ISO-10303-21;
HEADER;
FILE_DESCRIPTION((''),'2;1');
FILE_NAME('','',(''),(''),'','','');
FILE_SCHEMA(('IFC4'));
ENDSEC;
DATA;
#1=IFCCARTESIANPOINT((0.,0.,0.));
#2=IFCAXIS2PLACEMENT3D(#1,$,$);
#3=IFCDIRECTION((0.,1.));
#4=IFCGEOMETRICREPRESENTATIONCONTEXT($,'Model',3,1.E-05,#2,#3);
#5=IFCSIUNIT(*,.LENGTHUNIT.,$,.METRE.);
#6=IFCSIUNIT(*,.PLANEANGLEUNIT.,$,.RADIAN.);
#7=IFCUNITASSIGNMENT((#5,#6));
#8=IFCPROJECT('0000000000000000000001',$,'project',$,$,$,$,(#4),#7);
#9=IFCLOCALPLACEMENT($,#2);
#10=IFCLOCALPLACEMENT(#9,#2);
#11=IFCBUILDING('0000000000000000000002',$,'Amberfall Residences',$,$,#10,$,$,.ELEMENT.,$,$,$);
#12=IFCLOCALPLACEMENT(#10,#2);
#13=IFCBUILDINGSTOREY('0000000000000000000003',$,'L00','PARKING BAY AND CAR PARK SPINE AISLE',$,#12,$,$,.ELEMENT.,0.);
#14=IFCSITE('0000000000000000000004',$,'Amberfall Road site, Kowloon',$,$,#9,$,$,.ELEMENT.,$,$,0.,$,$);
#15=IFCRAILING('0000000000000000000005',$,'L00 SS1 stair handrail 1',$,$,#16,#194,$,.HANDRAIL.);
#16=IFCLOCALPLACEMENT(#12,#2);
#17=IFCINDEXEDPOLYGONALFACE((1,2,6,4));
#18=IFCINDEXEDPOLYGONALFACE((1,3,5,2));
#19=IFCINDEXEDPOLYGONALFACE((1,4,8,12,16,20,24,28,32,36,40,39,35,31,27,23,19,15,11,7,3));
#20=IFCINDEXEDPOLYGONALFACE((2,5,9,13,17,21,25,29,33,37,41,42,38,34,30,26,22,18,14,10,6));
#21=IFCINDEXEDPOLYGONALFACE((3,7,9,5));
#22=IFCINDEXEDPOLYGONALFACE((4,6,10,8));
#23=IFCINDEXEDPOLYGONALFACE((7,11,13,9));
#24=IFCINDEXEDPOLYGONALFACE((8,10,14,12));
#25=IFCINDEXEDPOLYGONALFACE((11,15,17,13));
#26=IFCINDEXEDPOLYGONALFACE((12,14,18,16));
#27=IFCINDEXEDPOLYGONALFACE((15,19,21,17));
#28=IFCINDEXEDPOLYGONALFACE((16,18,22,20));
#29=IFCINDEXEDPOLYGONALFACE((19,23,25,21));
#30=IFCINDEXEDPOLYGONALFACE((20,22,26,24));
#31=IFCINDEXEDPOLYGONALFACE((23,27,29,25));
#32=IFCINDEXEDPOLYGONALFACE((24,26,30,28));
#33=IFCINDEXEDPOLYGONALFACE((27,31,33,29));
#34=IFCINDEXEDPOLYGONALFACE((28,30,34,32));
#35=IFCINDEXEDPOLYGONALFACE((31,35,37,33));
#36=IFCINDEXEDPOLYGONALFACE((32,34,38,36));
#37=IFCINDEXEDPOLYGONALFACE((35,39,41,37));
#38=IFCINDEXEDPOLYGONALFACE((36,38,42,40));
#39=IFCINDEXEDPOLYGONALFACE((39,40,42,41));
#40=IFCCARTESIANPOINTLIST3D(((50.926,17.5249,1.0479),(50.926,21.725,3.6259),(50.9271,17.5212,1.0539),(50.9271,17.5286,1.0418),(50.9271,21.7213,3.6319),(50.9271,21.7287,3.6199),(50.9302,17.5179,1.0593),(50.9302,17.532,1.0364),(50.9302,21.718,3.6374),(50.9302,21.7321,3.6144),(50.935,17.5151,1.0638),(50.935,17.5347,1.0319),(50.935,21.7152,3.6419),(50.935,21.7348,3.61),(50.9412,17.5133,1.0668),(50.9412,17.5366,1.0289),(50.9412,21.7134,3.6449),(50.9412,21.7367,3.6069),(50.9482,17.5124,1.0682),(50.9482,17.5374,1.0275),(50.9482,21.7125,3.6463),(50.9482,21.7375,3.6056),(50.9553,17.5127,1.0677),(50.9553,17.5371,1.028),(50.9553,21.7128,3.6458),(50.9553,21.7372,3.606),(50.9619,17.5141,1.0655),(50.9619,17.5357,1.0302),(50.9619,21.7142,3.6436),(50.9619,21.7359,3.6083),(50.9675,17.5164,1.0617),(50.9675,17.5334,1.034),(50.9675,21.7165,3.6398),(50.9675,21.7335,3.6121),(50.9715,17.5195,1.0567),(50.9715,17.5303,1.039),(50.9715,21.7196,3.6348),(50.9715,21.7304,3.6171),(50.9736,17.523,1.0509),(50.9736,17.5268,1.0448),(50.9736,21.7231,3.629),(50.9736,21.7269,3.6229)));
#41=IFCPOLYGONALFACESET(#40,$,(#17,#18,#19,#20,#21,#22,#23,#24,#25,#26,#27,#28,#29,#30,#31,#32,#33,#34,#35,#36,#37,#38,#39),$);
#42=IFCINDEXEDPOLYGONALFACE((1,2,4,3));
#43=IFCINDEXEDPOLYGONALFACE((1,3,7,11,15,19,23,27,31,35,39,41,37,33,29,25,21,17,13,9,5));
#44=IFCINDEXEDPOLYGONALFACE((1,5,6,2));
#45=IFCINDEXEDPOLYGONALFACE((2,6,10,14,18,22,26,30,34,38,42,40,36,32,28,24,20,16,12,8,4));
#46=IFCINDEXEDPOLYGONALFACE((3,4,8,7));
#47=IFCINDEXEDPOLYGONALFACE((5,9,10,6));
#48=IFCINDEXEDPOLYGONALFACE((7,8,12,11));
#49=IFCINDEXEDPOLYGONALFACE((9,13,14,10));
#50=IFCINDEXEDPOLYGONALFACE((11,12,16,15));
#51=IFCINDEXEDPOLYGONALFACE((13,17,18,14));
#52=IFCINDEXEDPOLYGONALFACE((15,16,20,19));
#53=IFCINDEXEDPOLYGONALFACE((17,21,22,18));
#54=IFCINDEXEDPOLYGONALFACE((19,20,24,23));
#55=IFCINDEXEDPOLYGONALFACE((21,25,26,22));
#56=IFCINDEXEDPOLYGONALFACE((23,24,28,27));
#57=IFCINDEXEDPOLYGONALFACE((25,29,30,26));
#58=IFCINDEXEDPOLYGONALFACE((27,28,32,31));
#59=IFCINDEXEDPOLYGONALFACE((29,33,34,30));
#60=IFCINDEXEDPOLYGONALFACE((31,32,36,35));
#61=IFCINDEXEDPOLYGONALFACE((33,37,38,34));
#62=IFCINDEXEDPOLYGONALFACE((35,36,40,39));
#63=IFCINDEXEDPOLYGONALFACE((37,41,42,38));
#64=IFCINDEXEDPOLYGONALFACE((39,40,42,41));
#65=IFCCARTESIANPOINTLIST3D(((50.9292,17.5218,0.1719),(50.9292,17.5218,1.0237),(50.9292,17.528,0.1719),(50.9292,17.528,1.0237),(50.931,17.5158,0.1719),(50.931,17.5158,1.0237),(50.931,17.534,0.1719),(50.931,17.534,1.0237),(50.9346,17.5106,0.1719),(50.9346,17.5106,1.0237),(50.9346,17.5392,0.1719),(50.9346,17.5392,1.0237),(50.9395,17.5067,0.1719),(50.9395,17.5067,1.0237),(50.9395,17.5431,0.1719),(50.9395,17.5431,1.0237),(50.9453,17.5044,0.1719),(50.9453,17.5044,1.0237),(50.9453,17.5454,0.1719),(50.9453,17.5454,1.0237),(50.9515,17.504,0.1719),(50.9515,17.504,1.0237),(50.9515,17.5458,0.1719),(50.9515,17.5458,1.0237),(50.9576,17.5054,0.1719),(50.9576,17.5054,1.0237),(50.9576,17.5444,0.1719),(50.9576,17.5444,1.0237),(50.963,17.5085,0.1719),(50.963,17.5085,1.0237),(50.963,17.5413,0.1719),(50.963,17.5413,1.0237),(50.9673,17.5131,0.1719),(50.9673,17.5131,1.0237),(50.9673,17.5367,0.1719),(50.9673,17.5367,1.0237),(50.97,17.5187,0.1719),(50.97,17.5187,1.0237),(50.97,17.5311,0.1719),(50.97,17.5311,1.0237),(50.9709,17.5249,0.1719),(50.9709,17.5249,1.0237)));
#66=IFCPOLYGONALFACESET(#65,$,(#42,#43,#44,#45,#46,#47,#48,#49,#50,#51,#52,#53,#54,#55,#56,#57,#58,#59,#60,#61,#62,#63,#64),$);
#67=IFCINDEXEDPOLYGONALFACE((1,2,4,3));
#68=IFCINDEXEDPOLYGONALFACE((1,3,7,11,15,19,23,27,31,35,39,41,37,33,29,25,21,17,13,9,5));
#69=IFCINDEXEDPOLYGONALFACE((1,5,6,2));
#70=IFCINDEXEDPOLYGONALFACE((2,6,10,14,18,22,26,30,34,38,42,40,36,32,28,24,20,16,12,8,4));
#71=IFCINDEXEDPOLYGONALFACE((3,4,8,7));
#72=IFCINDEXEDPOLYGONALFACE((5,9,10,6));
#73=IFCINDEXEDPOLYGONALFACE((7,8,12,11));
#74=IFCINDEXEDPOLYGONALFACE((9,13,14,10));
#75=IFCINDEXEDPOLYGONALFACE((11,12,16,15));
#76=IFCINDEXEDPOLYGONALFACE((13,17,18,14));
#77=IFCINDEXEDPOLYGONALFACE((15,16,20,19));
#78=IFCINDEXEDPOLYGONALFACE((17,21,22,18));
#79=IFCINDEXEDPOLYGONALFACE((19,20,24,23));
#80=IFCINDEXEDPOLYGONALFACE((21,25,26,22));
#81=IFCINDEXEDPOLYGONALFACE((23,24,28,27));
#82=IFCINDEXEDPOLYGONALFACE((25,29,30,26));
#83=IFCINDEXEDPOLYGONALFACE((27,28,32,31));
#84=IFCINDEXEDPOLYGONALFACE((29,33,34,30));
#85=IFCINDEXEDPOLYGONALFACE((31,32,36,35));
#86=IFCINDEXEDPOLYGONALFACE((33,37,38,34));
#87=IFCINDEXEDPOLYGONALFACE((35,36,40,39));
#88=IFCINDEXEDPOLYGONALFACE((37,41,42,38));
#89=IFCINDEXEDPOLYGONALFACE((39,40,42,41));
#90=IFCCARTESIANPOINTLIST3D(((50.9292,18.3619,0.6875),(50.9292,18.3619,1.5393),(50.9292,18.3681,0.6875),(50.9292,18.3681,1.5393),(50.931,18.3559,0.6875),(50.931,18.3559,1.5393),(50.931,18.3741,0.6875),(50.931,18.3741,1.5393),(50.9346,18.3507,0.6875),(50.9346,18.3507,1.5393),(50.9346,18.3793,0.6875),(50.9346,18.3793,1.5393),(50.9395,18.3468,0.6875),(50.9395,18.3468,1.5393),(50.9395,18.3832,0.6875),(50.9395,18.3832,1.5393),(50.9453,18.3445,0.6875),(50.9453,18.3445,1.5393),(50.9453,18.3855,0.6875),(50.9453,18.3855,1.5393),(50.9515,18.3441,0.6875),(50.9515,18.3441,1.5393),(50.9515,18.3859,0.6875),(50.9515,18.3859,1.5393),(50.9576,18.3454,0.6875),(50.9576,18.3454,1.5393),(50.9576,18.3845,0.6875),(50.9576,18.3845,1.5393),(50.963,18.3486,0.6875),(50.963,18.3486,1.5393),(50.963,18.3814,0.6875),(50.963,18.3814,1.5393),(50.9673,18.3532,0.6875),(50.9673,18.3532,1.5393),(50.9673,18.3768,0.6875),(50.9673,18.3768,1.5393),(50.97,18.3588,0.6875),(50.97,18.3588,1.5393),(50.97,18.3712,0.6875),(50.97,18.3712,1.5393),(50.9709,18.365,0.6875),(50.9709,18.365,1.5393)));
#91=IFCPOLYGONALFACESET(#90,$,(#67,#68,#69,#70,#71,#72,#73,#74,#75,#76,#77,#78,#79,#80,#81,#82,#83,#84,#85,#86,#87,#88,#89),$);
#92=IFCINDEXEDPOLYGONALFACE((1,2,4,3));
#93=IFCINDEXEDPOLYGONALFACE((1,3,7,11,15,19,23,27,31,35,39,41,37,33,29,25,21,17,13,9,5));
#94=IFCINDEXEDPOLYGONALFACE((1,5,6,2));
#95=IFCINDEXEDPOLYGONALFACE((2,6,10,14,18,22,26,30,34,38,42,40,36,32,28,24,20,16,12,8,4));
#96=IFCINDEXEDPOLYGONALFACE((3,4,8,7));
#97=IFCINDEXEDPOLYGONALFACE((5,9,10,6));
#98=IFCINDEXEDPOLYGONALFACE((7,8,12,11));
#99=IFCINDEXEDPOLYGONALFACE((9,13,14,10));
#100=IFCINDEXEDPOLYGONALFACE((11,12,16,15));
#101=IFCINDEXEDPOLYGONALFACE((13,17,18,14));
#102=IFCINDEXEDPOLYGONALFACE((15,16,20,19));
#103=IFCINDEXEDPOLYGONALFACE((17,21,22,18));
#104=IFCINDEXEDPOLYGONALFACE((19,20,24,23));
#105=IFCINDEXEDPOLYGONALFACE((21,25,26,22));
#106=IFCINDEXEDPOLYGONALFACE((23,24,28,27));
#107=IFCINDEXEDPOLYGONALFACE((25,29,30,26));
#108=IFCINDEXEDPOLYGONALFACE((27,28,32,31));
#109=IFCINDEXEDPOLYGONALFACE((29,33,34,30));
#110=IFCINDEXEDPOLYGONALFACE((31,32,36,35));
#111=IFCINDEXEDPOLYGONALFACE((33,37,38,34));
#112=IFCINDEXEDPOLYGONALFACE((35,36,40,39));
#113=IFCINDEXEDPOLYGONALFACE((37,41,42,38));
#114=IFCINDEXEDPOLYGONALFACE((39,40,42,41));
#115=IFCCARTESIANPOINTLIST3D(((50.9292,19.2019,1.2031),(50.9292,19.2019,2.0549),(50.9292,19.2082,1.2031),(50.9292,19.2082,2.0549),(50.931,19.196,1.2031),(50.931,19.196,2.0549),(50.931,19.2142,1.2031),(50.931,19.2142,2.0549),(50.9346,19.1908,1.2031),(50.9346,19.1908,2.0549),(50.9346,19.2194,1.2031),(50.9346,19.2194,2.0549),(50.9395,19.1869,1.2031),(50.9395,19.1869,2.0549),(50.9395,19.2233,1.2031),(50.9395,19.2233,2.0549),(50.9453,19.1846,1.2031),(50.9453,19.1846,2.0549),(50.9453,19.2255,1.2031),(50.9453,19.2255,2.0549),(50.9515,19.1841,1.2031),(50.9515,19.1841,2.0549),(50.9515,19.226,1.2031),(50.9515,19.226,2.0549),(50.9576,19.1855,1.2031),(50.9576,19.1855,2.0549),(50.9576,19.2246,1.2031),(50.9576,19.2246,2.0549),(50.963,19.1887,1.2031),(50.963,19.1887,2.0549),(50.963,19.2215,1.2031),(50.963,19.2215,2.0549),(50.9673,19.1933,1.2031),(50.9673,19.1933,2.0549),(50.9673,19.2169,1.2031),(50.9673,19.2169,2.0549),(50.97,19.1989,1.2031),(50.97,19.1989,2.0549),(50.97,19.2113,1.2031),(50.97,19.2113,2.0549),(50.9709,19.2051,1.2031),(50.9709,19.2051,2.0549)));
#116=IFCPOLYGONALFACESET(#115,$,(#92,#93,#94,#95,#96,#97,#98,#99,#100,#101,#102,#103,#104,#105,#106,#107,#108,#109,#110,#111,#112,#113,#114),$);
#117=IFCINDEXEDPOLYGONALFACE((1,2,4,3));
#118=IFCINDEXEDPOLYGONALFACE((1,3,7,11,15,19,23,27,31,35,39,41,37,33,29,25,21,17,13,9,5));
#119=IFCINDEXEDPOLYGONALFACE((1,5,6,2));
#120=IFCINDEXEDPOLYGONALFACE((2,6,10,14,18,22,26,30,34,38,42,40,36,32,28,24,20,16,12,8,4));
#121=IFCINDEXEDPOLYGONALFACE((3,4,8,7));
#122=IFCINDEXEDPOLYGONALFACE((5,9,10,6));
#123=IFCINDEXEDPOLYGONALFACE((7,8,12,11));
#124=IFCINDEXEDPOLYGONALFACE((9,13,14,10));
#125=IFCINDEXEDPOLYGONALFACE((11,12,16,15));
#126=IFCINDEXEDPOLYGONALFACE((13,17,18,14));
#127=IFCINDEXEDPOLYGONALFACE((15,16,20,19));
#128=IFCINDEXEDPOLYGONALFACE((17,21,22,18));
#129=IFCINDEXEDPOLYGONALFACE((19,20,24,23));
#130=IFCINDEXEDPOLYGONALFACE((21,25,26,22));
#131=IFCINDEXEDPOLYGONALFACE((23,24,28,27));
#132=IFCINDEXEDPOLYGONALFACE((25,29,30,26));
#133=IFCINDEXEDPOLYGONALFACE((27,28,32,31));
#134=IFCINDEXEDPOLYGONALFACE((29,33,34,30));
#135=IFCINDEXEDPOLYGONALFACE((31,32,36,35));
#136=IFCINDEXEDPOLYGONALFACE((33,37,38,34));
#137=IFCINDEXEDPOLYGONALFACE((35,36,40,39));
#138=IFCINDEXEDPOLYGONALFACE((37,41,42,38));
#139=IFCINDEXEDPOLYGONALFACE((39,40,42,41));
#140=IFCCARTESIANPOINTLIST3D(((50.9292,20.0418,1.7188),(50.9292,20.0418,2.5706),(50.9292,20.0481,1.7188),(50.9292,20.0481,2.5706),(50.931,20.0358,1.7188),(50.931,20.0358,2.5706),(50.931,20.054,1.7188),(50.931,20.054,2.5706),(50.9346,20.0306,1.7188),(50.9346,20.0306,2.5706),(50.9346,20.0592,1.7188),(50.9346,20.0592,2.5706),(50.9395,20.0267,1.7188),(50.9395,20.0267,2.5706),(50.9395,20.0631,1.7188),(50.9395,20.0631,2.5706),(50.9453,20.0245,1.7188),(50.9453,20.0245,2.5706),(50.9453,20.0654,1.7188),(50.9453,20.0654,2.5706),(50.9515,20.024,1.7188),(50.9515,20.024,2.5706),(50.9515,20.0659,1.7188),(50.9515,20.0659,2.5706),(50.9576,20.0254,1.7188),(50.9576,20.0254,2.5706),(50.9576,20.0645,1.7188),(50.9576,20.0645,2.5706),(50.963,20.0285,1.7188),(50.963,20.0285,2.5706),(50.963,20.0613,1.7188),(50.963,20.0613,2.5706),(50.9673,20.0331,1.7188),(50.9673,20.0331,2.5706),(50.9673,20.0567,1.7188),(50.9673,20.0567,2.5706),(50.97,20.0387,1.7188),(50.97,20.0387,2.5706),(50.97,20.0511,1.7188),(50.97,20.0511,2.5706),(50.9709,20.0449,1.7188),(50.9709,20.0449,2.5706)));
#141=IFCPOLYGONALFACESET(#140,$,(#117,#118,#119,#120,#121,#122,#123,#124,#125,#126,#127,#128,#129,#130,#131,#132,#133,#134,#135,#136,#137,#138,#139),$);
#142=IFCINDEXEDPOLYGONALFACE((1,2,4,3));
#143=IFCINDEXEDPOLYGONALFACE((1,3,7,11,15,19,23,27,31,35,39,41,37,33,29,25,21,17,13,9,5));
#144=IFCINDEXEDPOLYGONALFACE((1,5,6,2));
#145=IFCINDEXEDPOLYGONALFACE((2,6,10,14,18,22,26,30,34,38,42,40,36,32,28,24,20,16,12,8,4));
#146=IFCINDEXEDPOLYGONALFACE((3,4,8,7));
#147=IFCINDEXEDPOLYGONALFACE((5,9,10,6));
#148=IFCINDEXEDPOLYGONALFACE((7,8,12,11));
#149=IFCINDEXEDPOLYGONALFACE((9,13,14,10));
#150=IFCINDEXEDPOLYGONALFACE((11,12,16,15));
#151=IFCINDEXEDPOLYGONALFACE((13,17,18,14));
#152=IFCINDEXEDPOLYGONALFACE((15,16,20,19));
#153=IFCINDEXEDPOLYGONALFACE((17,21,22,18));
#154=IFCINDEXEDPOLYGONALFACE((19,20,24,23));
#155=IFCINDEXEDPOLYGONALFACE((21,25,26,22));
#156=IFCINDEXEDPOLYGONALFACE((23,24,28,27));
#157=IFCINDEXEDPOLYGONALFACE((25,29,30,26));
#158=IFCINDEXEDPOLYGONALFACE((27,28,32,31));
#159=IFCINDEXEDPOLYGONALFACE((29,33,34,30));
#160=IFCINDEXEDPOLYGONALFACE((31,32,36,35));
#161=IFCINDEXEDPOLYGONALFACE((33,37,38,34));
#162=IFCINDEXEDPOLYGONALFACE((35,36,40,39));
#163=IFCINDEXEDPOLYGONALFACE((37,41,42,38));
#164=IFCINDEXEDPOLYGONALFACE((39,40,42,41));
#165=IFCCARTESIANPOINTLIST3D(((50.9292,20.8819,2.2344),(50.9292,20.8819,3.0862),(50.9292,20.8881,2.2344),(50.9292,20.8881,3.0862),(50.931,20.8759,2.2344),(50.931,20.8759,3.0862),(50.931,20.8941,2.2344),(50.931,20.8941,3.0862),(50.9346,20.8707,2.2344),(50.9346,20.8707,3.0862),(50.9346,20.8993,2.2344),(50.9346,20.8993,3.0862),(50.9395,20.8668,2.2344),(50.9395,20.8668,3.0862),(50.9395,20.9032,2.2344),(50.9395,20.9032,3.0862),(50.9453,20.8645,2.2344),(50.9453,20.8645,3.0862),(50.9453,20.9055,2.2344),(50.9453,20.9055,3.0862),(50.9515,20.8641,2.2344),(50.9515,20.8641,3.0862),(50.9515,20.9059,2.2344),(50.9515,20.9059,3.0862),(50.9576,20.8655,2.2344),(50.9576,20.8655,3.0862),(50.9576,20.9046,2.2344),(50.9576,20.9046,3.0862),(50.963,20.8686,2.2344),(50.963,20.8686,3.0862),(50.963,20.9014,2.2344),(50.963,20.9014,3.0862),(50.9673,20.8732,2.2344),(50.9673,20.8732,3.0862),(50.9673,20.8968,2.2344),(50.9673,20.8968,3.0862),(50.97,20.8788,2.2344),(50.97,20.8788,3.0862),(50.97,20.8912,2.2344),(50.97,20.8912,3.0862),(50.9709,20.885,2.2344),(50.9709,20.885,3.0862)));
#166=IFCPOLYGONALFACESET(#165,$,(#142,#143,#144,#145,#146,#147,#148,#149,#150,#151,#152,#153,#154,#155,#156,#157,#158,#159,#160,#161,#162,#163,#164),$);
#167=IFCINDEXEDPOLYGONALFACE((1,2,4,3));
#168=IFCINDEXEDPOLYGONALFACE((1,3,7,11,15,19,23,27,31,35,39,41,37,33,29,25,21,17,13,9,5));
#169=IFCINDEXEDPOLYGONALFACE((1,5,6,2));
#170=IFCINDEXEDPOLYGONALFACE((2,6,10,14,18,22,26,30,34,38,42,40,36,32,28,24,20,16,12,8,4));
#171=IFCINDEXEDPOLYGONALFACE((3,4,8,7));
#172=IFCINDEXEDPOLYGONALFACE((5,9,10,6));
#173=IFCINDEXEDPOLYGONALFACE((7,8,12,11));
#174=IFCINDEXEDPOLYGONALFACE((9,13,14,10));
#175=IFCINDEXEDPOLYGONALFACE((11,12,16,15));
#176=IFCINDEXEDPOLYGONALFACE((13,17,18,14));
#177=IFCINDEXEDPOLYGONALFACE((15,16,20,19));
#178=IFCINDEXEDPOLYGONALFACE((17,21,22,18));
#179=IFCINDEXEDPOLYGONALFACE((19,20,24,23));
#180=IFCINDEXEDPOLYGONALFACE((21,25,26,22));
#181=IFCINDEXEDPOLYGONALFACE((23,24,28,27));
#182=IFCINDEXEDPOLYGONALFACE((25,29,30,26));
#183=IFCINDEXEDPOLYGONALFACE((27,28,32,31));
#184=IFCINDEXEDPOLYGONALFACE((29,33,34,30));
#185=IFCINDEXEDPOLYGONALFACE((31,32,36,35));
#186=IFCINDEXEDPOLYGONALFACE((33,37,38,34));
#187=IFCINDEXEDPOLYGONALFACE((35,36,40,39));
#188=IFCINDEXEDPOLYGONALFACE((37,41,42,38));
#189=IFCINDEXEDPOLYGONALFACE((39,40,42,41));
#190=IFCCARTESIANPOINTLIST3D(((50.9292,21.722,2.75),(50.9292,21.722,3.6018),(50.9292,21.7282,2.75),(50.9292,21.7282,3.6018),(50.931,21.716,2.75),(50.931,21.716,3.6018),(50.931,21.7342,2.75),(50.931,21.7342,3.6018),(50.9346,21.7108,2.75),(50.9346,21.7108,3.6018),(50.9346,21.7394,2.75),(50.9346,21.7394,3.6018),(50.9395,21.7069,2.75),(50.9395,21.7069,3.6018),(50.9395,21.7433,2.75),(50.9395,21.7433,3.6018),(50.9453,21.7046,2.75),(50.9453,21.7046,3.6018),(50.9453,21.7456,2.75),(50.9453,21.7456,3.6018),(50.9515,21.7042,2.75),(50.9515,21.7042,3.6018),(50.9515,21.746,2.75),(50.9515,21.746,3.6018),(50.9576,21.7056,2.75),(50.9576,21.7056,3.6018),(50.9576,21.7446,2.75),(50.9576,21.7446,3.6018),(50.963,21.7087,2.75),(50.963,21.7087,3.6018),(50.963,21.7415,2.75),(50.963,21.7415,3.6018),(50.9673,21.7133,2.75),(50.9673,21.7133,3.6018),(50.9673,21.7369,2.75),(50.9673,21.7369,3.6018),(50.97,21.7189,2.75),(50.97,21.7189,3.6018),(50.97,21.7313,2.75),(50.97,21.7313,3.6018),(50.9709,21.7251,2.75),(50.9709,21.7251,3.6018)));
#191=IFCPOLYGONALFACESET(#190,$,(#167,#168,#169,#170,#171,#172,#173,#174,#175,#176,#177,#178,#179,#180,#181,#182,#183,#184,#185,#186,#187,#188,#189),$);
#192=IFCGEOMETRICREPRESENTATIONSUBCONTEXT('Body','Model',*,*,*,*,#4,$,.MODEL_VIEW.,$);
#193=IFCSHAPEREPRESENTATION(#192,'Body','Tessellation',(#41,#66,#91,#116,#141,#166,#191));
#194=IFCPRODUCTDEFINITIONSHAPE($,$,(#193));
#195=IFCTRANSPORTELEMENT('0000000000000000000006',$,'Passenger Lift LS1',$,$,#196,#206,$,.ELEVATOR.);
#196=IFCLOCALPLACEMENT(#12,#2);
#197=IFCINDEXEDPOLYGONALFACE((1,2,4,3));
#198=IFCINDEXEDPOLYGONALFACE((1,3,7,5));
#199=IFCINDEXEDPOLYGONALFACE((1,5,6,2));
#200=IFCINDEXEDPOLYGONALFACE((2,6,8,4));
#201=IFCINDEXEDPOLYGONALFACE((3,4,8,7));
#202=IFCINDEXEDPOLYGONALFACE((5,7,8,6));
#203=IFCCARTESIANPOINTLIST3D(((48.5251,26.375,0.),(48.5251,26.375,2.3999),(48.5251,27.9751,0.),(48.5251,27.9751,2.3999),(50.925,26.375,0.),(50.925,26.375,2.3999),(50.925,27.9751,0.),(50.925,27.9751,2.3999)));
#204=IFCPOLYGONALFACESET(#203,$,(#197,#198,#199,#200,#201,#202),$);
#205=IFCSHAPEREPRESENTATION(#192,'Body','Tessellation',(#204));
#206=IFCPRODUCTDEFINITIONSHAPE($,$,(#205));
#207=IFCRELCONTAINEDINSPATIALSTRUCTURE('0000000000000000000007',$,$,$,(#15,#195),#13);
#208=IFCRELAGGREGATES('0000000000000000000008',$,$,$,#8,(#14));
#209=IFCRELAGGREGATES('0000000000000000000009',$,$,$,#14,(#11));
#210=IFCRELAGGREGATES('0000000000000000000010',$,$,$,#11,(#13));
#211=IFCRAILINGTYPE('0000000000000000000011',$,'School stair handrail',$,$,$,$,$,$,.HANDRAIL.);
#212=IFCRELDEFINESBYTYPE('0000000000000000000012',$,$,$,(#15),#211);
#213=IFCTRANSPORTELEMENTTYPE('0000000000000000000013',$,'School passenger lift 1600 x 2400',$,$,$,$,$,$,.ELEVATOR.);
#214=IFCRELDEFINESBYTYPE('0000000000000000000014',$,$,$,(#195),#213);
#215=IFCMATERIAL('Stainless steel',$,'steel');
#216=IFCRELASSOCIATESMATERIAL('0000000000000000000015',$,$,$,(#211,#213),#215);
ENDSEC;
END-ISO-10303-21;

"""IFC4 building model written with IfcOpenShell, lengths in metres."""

from ifc_helpers import new_model, si_unit, direction, frame, origin, origin_2d, place, context, subcontext, project, spatial, rectangle, circle, extrude, material, type_object, element, save


model = new_model("IFC4")

# Units and contexts
model_context = context("Model", 3, precision=1e-05, world=origin(), true_north=direction((0.0, 1.0)))
body_context = subcontext(model_context, "Body", "Model", "MODEL_VIEW")
ifc_project = project(units=[si_unit("LENGTHUNIT", "METRE"), si_unit("PLANEANGLEUNIT", "RADIAN")], contexts=[model_context])

# Site, building, storey
site_placement = place(None, origin())
site = spatial("IfcSite", under=ifc_project, at=site_placement, Name="Amberfall Road site, Kowloon", CompositionType="ELEMENT", RefElevation=0.0)
building_placement = place(site_placement, origin())
building = spatial("IfcBuilding", under=site, at=building_placement, Name="Amberfall Residences", CompositionType="ELEMENT")
storey_placement = place(building_placement, origin())
storey = spatial("IfcBuildingStorey", under=building, at=storey_placement, Name="L00", Description="PARKING BAY AND CAR PARK SPINE AISLE", CompositionType="ELEMENT", Elevation=0.0)

# Railing
ifc_material_1 = material(Name="Stainless steel", Category="steel")
railing_type_1 = type_object("IfcRailingType", Name="School stair handrail", PredefinedType="HANDRAIL", material=ifc_material_1)
railing_1_placement = place(storey_placement, frame((50.95, 17.5249, 0.1719)))
element("IfcRailing", 1, at=railing_1_placement, inside=storey, type_object=railing_type_1, Name="L00 SS1 stair handrail 1", PredefinedType="HANDRAIL", context=body_context, shape_type="SweptSolid", body=[
    extrude(circle(Radius=0.0239, at=origin_2d()), frame((0.0, 0.0, 0.876), z_axis=(0.0, 0.852256, 0.523124), x_axis=(-1.0, 0.0, 0.0)), (0.0, 0.0, 1.0), 4.9282),
    extrude(circle(Radius=0.021, at=origin_2d()), origin(), (0.0, 0.0, 1.0), 0.8518),
    extrude(circle(Radius=0.021, at=origin_2d()), frame((0.0, 0.8401, 0.5156)), (0.0, 0.0, 1.0), 0.8518),
    extrude(circle(Radius=0.021, at=origin_2d()), frame((0.0, 1.6802, 1.0312)), (0.0, 0.0, 1.0), 0.8518),
    extrude(circle(Radius=0.021, at=origin_2d()), frame((0.0, 2.52, 1.5469)), (0.0, 0.0, 1.0), 0.8518),
    extrude(circle(Radius=0.021, at=origin_2d()), frame((0.0, 3.3601, 2.0625)), (0.0, 0.0, 1.0), 0.8518),
    extrude(circle(Radius=0.021, at=origin_2d()), frame((0.0, 4.2002, 2.5781)), (0.0, 0.0, 1.0), 0.8518),
])

# Transport element
transport_element_type = type_object("IfcTransportElementType", Name="School passenger lift 1600 x 2400", PredefinedType="ELEVATOR", material=ifc_material_1)
transport_element_placement = place(storey_placement, frame((49.7251, 27.175, 0.0), z_axis=(0.0, 0.0, 1.0), x_axis=(1.0, 0.0, 0.0)))
element("IfcTransportElement", 2, at=transport_element_placement, inside=storey, type_object=transport_element_type, Name="Passenger Lift LS1", PredefinedType="ELEVATOR", context=body_context, shape_type="SweptSolid", body=[
    extrude(rectangle(XDim=2.3999, YDim=1.6001, at=origin_2d()), origin(), (0.0, 0.0, 1.0), 2.3999),
])

save(model, "model.ifc")
